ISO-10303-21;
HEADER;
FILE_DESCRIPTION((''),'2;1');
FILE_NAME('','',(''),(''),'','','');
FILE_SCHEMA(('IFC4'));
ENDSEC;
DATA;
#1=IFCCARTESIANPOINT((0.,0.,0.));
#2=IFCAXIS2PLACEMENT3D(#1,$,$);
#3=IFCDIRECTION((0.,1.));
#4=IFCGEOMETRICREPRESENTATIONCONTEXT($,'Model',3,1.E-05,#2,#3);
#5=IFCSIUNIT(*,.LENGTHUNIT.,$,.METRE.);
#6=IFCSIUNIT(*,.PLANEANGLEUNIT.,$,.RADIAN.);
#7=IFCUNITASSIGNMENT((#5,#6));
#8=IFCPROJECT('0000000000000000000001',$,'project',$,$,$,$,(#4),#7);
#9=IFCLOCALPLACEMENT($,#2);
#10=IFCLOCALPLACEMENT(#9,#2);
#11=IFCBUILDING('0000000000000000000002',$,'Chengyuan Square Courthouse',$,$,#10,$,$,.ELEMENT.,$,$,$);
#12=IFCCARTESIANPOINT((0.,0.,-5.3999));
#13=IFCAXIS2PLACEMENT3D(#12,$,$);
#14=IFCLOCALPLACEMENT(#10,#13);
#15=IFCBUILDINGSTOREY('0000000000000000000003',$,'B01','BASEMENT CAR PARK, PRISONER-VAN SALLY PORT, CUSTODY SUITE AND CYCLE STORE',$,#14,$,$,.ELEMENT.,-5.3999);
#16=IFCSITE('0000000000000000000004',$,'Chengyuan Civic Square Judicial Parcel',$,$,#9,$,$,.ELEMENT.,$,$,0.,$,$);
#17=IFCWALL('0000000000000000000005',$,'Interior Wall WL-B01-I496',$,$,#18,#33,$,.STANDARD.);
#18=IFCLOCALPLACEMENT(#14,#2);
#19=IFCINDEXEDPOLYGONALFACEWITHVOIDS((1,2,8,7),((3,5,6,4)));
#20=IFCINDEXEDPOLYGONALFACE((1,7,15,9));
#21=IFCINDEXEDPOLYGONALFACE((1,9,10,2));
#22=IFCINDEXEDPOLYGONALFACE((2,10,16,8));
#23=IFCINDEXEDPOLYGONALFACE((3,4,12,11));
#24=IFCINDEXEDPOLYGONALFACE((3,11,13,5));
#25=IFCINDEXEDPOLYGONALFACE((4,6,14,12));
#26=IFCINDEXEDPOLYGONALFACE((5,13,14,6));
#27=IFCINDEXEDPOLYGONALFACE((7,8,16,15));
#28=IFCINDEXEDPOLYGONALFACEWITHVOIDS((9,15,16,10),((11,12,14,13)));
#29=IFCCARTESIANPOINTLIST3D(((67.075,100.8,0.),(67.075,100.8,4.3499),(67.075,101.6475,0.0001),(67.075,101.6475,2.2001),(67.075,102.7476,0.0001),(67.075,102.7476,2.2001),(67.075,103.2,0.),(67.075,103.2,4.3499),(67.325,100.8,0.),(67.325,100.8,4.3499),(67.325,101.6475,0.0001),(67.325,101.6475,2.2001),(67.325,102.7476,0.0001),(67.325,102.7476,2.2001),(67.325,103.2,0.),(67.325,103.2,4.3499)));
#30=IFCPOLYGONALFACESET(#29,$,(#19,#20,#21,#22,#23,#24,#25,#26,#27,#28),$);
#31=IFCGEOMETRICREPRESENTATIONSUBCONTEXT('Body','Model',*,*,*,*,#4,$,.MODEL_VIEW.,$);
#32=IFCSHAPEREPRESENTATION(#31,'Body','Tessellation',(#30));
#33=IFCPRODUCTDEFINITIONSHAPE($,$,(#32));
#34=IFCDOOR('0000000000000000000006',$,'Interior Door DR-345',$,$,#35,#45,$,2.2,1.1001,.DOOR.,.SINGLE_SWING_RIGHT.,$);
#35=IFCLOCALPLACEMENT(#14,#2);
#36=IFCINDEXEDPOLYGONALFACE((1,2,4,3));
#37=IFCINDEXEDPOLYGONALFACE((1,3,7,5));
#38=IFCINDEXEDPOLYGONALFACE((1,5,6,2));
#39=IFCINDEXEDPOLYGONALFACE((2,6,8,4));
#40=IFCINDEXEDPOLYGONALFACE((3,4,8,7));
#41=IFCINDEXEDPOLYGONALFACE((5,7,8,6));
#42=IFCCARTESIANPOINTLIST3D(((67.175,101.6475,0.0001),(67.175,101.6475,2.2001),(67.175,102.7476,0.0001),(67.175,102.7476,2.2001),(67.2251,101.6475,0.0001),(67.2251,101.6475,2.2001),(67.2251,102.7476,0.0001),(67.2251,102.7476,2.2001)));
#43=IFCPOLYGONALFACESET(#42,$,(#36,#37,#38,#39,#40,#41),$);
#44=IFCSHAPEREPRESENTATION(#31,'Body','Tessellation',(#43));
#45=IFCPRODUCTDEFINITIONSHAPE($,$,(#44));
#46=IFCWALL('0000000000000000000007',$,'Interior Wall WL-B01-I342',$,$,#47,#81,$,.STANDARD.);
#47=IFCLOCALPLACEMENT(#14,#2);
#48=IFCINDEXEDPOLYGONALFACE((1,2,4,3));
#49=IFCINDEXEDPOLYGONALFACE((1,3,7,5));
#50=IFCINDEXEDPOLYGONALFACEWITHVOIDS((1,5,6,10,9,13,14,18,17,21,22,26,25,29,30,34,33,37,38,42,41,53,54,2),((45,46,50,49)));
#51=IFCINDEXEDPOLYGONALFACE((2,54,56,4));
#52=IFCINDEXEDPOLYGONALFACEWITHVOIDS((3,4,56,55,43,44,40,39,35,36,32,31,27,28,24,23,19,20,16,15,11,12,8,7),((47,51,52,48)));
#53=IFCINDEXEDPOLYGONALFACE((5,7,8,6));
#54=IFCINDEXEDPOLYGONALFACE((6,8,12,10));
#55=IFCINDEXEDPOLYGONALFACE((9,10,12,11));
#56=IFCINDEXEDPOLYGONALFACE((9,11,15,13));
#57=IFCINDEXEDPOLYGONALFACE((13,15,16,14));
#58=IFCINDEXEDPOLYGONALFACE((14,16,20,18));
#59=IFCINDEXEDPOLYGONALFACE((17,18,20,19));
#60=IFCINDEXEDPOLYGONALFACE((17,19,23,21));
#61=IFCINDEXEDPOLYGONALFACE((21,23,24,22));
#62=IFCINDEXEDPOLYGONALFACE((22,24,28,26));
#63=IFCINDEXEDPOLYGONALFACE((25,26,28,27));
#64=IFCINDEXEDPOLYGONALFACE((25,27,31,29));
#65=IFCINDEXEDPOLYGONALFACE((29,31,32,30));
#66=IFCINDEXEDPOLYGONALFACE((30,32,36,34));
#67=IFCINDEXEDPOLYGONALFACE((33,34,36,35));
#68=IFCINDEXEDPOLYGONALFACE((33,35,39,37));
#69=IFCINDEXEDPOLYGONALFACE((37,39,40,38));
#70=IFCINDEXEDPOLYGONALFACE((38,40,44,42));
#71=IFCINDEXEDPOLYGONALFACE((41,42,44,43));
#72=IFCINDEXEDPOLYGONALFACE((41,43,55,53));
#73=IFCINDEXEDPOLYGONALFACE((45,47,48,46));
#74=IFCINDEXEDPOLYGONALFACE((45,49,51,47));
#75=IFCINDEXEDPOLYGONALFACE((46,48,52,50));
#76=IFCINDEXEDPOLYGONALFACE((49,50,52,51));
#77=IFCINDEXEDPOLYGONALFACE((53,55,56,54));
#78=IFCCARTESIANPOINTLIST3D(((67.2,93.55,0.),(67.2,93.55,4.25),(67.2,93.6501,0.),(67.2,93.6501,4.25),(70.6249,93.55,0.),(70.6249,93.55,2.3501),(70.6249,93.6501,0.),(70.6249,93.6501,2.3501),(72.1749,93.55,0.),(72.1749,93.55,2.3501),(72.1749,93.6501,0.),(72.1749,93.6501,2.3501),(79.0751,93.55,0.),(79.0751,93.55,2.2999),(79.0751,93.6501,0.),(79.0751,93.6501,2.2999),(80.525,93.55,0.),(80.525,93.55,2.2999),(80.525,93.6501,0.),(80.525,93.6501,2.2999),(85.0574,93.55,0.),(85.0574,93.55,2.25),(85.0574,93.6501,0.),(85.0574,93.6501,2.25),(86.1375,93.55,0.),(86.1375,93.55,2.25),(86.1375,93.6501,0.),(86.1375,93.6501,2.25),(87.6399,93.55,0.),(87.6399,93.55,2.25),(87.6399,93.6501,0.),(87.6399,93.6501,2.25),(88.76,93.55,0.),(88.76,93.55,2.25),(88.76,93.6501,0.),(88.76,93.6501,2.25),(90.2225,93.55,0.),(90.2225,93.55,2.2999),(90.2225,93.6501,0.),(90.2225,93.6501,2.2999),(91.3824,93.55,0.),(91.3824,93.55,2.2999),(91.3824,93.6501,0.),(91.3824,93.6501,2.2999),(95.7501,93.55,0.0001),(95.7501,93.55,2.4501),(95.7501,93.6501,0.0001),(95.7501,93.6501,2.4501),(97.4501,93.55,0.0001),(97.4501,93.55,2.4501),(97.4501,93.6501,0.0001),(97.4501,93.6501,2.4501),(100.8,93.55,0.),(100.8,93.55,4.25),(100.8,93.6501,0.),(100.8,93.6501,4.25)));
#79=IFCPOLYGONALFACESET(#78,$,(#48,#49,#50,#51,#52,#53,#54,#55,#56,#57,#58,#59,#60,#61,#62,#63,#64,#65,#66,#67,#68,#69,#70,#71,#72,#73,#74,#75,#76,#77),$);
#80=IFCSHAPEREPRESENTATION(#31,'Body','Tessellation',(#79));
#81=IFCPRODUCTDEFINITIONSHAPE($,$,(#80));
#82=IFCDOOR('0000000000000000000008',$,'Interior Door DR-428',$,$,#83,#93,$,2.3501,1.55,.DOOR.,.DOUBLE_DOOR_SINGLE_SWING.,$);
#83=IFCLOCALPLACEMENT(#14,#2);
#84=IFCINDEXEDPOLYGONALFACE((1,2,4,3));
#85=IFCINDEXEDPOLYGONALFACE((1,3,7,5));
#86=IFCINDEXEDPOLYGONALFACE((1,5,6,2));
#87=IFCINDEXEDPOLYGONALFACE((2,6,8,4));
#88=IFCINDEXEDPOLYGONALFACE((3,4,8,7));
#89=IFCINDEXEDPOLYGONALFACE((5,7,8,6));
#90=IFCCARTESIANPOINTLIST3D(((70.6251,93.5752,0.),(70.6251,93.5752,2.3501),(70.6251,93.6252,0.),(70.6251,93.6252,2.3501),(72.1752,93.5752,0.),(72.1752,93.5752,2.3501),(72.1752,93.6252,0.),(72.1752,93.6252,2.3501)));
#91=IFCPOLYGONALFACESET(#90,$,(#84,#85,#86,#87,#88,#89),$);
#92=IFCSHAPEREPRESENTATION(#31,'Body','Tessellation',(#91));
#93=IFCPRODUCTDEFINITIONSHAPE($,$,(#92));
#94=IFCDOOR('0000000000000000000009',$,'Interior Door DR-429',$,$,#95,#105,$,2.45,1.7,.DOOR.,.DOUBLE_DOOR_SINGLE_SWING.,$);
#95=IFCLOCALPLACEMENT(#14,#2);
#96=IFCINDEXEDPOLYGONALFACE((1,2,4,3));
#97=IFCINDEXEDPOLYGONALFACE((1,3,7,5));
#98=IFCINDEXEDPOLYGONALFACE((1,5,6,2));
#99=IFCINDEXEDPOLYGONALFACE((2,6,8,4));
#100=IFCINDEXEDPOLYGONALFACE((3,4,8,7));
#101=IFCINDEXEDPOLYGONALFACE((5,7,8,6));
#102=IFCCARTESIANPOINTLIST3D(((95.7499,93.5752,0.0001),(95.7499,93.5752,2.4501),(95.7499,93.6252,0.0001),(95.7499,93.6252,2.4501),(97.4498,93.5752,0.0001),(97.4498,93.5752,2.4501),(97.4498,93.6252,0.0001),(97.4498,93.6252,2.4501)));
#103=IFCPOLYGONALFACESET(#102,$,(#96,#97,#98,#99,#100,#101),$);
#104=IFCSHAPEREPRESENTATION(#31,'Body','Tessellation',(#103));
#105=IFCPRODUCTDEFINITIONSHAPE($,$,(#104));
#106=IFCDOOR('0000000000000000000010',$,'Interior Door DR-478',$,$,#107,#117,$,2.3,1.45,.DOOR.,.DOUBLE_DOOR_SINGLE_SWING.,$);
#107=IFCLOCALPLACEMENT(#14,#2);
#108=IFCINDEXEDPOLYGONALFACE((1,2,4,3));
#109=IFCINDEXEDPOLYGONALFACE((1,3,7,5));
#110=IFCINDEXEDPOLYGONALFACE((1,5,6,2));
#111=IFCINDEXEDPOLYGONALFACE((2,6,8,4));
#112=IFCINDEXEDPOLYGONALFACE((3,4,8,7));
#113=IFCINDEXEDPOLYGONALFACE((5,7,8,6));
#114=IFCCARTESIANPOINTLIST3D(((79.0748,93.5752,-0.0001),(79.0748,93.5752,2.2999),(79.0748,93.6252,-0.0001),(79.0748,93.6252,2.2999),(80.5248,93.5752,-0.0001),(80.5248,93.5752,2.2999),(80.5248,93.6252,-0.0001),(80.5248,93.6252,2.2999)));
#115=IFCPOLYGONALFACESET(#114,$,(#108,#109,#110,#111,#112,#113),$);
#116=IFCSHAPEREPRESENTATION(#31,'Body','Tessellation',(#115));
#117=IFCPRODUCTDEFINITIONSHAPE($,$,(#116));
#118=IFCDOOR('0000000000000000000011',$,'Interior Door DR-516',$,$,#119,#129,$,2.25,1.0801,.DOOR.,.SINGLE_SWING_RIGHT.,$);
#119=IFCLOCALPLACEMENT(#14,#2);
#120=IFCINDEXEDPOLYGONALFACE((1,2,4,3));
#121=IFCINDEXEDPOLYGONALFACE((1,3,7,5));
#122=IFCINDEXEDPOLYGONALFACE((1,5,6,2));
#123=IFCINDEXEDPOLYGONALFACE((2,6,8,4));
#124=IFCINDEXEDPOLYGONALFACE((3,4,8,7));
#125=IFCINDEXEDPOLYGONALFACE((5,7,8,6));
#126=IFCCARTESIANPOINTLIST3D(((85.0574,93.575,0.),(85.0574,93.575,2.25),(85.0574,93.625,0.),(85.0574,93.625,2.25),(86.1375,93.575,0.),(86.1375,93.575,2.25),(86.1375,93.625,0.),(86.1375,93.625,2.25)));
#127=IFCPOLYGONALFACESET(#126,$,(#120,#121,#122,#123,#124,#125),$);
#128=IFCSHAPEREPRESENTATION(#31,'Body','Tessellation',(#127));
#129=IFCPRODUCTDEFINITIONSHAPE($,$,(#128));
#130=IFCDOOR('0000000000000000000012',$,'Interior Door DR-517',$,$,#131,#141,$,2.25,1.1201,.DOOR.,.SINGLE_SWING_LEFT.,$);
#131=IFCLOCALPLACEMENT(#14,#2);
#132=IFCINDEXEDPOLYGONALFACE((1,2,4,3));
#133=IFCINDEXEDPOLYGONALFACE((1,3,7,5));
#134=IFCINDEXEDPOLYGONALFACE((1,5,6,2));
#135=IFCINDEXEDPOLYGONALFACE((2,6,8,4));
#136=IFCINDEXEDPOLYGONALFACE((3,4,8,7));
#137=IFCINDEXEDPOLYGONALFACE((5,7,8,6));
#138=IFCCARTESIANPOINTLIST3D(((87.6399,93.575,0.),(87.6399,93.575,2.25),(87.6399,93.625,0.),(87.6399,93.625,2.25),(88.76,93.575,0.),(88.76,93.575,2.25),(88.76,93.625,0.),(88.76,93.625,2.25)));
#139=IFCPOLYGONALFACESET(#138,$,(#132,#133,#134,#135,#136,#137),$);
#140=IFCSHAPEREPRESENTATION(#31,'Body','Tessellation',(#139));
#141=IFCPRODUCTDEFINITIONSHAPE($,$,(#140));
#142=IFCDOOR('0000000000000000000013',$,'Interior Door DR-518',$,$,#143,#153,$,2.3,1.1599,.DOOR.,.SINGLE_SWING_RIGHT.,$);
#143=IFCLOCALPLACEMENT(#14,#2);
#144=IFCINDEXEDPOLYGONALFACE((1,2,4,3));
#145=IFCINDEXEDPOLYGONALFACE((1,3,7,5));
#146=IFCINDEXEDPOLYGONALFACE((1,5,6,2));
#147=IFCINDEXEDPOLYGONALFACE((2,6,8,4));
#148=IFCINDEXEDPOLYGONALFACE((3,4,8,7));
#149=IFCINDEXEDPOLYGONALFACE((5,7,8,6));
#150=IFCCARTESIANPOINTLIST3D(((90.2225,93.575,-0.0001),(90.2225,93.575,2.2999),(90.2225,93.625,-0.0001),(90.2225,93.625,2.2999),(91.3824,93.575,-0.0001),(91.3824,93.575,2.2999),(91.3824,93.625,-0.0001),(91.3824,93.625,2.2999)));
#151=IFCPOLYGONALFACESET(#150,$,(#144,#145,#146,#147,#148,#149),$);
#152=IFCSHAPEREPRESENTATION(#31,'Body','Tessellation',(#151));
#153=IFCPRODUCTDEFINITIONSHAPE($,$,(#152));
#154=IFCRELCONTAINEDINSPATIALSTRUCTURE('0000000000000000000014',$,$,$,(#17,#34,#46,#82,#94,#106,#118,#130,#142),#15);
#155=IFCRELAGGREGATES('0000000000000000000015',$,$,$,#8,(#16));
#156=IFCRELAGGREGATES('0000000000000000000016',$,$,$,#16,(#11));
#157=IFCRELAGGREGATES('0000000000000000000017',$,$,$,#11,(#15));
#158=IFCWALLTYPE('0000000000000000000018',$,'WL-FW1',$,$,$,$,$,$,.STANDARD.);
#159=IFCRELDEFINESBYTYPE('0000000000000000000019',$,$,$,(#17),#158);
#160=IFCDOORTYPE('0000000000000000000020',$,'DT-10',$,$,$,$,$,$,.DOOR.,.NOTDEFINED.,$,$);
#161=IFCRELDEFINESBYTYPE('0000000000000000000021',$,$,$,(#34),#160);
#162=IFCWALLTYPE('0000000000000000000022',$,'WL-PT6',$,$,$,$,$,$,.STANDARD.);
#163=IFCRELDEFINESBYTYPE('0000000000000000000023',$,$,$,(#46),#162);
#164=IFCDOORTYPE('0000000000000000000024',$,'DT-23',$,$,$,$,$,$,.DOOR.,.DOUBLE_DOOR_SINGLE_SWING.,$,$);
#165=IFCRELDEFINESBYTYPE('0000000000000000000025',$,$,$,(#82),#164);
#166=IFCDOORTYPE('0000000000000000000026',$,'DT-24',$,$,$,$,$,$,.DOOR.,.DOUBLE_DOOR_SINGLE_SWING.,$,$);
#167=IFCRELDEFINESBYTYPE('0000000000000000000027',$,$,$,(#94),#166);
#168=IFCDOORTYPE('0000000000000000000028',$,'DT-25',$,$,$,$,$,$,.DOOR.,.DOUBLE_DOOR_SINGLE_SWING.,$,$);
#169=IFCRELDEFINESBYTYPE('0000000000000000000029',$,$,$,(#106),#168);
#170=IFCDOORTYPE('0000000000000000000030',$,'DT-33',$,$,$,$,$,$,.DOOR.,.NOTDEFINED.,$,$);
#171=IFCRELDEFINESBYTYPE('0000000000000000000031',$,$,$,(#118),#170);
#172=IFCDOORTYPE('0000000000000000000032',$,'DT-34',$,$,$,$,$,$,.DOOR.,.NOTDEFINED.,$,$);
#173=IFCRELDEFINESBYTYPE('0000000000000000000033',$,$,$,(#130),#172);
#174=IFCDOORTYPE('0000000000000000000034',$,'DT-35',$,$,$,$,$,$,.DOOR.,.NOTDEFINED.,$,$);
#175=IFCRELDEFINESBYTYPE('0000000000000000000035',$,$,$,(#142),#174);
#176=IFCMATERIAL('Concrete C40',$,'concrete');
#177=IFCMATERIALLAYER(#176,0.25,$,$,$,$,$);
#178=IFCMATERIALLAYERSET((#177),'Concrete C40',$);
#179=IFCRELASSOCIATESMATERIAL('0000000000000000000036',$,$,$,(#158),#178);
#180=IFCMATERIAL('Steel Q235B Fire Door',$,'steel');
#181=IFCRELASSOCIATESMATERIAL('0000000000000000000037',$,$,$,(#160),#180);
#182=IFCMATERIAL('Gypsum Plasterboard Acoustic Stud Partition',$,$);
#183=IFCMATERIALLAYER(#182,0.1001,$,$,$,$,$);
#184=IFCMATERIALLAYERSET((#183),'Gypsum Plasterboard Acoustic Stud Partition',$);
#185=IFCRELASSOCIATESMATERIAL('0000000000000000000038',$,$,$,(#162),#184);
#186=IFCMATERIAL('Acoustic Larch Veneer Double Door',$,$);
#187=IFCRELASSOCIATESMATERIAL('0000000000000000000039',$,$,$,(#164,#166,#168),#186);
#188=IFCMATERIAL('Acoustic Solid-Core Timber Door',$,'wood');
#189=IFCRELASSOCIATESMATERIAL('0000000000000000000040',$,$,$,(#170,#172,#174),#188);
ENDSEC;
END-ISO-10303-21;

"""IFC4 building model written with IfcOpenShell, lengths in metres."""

from ifc_helpers import new_model, si_unit, direction, frame, frame_2d, origin, place, context, subcontext, project, spatial, rectangle, extrude, material, layer, layer_set, type_object, element, fill, save


model = new_model("IFC4")

# Units and contexts
model_context = context("Model", 3, precision=1e-05, world=origin(), true_north=direction((0.0, 1.0)))
body_context = subcontext(model_context, "Body", "Model", "MODEL_VIEW")
ifc_project = project(units=[si_unit("LENGTHUNIT", "METRE"), si_unit("PLANEANGLEUNIT", "RADIAN")], contexts=[model_context])

# Site, building, storey
site_placement = place(None, origin())
site = spatial("IfcSite", under=ifc_project, at=site_placement, Name="Chengyuan Civic Square Judicial Parcel", CompositionType="ELEMENT", RefElevation=0.0)
building_placement = place(site_placement, origin())
building = spatial("IfcBuilding", under=site, at=building_placement, Name="Chengyuan Square Courthouse", CompositionType="ELEMENT")
storey_placement = place(building_placement, frame((0.0, 0.0, -5.3999)))
storey = spatial("IfcBuildingStorey", under=building, at=storey_placement, Name="B01", Description="BASEMENT CAR PARK, PRISONER-VAN SALLY PORT, CUSTODY SUITE AND CYCLE STORE", CompositionType="ELEMENT", Elevation=-5.3999)

# Shared definitions
ifc_material_1 = material(Name="Concrete C40", Category="concrete")

# Wall, opening, door
ifc_layer_1 = layer(ifc_material_1, 0.25)
ifc_layer_set_1 = layer_set([ifc_layer_1], Name="Concrete C40")
wall_type_1 = type_object("IfcWallType", Name="WL-FW1", PredefinedType="STANDARD", material=ifc_layer_set_1)
ifc_material_2 = material(Name="Steel Q235B Fire Door", Category="steel")
door_type_1 = type_object("IfcDoorType", Name="DT-10", OperationType="NOTDEFINED", PredefinedType="DOOR", material=ifc_material_2)
wall_1_placement = place(storey_placement, frame((67.2, 100.8, 0.0), z_axis=(0.0, 0.0, 1.0), x_axis=(0.0, 1.0, 0.0)))
wall_1 = element("IfcWall", 1, at=wall_1_placement, inside=storey, type_object=wall_type_1, Name="Interior Wall WL-B01-I496", PredefinedType="STANDARD", context=body_context, shape_type="SweptSolid", body=[
    extrude(rectangle(XDim=2.3999, YDim=0.25, at=frame_2d((1.2, 0.0))), origin(), (0.0, 0.0, 1.0), 4.3499),
])
opening_1_placement = place(wall_1_placement, frame((0.8474, 0.0, 0.0)))
opening_1 = element("IfcOpeningElement", 2, at=opening_1_placement, cuts=wall_1, PredefinedType="OPENING", context=body_context, shape_type="SweptSolid", body=[
    extrude(rectangle(XDim=1.1001, YDim=2.2, at=frame_2d((0.55, 1.1001))), frame((0.0, 0.137, 0.0), z_axis=(0.0, -1.0, 0.0), x_axis=(1.0, 0.0, 0.0)), (0.0, 0.0, 1.0), 0.2739),
])
door_1_placement = place(opening_1_placement, origin())
door_1 = element("IfcDoor", 3, at=door_1_placement, inside=storey, type_object=door_type_1, Name="Interior Door DR-345", OperationType="SINGLE_SWING_RIGHT", OverallHeight=2.2, OverallWidth=1.1001, PredefinedType="DOOR", context=body_context, shape_type="SweptSolid", body=[
    extrude(rectangle(XDim=1.1001, YDim=2.2, at=frame_2d((0.55, 1.1001))), frame((0.0, 0.0249, 0.0), z_axis=(0.0, -1.0, 0.0), x_axis=(1.0, 0.0, 0.0)), (0.0, 0.0, 1.0), 0.05),
])
fill(opening_1, door_1)

# Wall, openings, doors
ifc_material_3 = material(Name="Gypsum Plasterboard Acoustic Stud Partition")
ifc_layer_2 = layer(ifc_material_3, 0.1001)
ifc_layer_set_2 = layer_set([ifc_layer_2], Name="Gypsum Plasterboard Acoustic Stud Partition")
wall_type_2 = type_object("IfcWallType", Name="WL-PT6", PredefinedType="STANDARD", material=ifc_layer_set_2)
wall_2_placement = place(storey_placement, frame((67.2, 93.6001, 0.0), z_axis=(0.0, 0.0, 1.0), x_axis=(1.0, 0.0, 0.0)))
wall_2 = element("IfcWall", 4, at=wall_2_placement, inside=storey, type_object=wall_type_2, Name="Interior Wall WL-B01-I342", PredefinedType="STANDARD", context=body_context, shape_type="SweptSolid", body=[
    extrude(rectangle(XDim=33.6001, YDim=0.1001, at=frame_2d((16.8, 0.0))), origin(), (0.0, 0.0, 1.0), 4.25),
])
opening_2_placement = place(wall_2_placement, frame((3.425, 0.0, 0.0)))
opening_2 = element("IfcOpeningElement", 5, at=opening_2_placement, cuts=wall_2, PredefinedType="OPENING", context=body_context, shape_type="SweptSolid", body=[
    extrude(rectangle(XDim=1.55, YDim=2.3501, at=frame_2d((0.7749, 1.175))), frame((0.0, 0.062, 0.0), z_axis=(0.0, -1.0, 0.0), x_axis=(1.0, 0.0, 0.0)), (0.0, 0.0, 1.0), 0.124),
])
opening_3_placement = place(wall_2_placement, frame((28.55, 0.0, 0.0)))
opening_3 = element("IfcOpeningElement", 6, at=opening_3_placement, cuts=wall_2, PredefinedType="OPENING", context=body_context, shape_type="SweptSolid", body=[
    extrude(rectangle(XDim=1.7, YDim=2.45, at=frame_2d((0.8501, 1.2251))), frame((0.0, 0.062, 0.0), z_axis=(0.0, -1.0, 0.0), x_axis=(1.0, 0.0, 0.0)), (0.0, 0.0, 1.0), 0.124),
])
opening_4_placement = place(wall_2_placement, frame((11.875, 0.0, 0.0)))
opening_4 = element("IfcOpeningElement", 7, at=opening_4_placement, cuts=wall_2, PredefinedType="OPENING", context=body_context, shape_type="SweptSolid", body=[
    extrude(rectangle(XDim=1.45, YDim=2.3, at=frame_2d((0.7251, 1.1499))), frame((0.0, 0.062, 0.0), z_axis=(0.0, -1.0, 0.0), x_axis=(1.0, 0.0, 0.0)), (0.0, 0.0, 1.0), 0.124),
])
opening_5_placement = place(wall_2_placement, frame((17.8574, 0.0, 0.0)))
opening_5 = element("IfcOpeningElement", 8, at=opening_5_placement, cuts=wall_2, PredefinedType="OPENING", context=body_context, shape_type="SweptSolid", body=[
    extrude(rectangle(XDim=1.0801, YDim=2.25, at=frame_2d((0.54, 1.125))), frame((0.0, 0.062, 0.0), z_axis=(0.0, -1.0, 0.0), x_axis=(1.0, 0.0, 0.0)), (0.0, 0.0, 1.0), 0.124),
])
opening_6_placement = place(wall_2_placement, frame((20.4399, 0.0, 0.0)))
opening_6 = element("IfcOpeningElement", 9, at=opening_6_placement, cuts=wall_2, PredefinedType="OPENING", context=body_context, shape_type="SweptSolid", body=[
    extrude(rectangle(XDim=1.1201, YDim=2.25, at=frame_2d((0.5601, 1.125))), frame((0.0, 0.062, 0.0), z_axis=(0.0, -1.0, 0.0), x_axis=(1.0, 0.0, 0.0)), (0.0, 0.0, 1.0), 0.124),
])
opening_7_placement = place(wall_2_placement, frame((23.0225, 0.0, 0.0)))
opening_7 = element("IfcOpeningElement", 10, at=opening_7_placement, cuts=wall_2, PredefinedType="OPENING", context=body_context, shape_type="SweptSolid", body=[
    extrude(rectangle(XDim=1.1599, YDim=2.3, at=frame_2d((0.5801, 1.1499))), frame((0.0, 0.062, 0.0), z_axis=(0.0, -1.0, 0.0), x_axis=(1.0, 0.0, 0.0)), (0.0, 0.0, 1.0), 0.124),
])
ifc_material_4 = material(Name="Acoustic Larch Veneer Double Door")
door_type_2 = type_object("IfcDoorType", Name="DT-23", OperationType="DOUBLE_DOOR_SINGLE_SWING", PredefinedType="DOOR", material=ifc_material_4)
door_2_placement = place(opening_2_placement, frame((1.55, 0.0, 0.0), z_axis=(0.0, 0.0, 1.0), x_axis=(-1.0, 0.0, 0.0)))
door_2 = element("IfcDoor", 11, at=door_2_placement, inside=storey, type_object=door_type_2, Name="Interior Door DR-428", OperationType="DOUBLE_DOOR_SINGLE_SWING", OverallHeight=2.3501, OverallWidth=1.55, PredefinedType="DOOR", context=body_context, shape_type="SweptSolid", body=[
    extrude(rectangle(XDim=1.55, YDim=2.3501, at=frame_2d((0.7749, 1.175))), frame((0.0, 0.0249, 0.0), z_axis=(0.0, -1.0, 0.0), x_axis=(1.0, 0.0, 0.0)), (0.0, 0.0, 1.0), 0.05),
])
fill(opening_2, door_2)
door_type_3 = type_object("IfcDoorType", Name="DT-24", OperationType="DOUBLE_DOOR_SINGLE_SWING", PredefinedType="DOOR", material=ifc_material_4)
door_3_placement = place(opening_3_placement, frame((1.7, 0.0, 0.0), z_axis=(0.0, 0.0, 1.0), x_axis=(-1.0, 0.0, 0.0)))
door_3 = element("IfcDoor", 12, at=door_3_placement, inside=storey, type_object=door_type_3, Name="Interior Door DR-429", OperationType="DOUBLE_DOOR_SINGLE_SWING", OverallHeight=2.45, OverallWidth=1.7, PredefinedType="DOOR", context=body_context, shape_type="SweptSolid", body=[
    extrude(rectangle(XDim=1.7, YDim=2.45, at=frame_2d((0.8501, 1.2251))), frame((0.0, 0.0249, 0.0), z_axis=(0.0, -1.0, 0.0), x_axis=(1.0, 0.0, 0.0)), (0.0, 0.0, 1.0), 0.05),
])
fill(opening_3, door_3)
door_type_4 = type_object("IfcDoorType", Name="DT-25", OperationType="DOUBLE_DOOR_SINGLE_SWING", PredefinedType="DOOR", material=ifc_material_4)
door_4_placement = place(opening_4_placement, frame((1.45, 0.0, 0.0), z_axis=(0.0, 0.0, 1.0), x_axis=(-1.0, 0.0, 0.0)))
door_4 = element("IfcDoor", 13, at=door_4_placement, inside=storey, type_object=door_type_4, Name="Interior Door DR-478", OperationType="DOUBLE_DOOR_SINGLE_SWING", OverallHeight=2.3, OverallWidth=1.45, PredefinedType="DOOR", context=body_context, shape_type="SweptSolid", body=[
    extrude(rectangle(XDim=1.45, YDim=2.3, at=frame_2d((0.7251, 1.1499))), frame((0.0, 0.0249, 0.0), z_axis=(0.0, -1.0, 0.0), x_axis=(1.0, 0.0, 0.0)), (0.0, 0.0, 1.0), 0.05),
])
fill(opening_4, door_4)
ifc_material_5 = material(Name="Acoustic Solid-Core Timber Door", Category="wood")
door_type_5 = type_object("IfcDoorType", Name="DT-33", OperationType="NOTDEFINED", PredefinedType="DOOR", material=ifc_material_5)
door_5_placement = place(opening_5_placement, origin())
door_5 = element("IfcDoor", 14, at=door_5_placement, inside=storey, type_object=door_type_5, Name="Interior Door DR-516", OperationType="SINGLE_SWING_RIGHT", OverallHeight=2.25, OverallWidth=1.0801, PredefinedType="DOOR", context=body_context, shape_type="SweptSolid", body=[
    extrude(rectangle(XDim=1.0801, YDim=2.25, at=frame_2d((0.54, 1.125))), frame((0.0, 0.0249, 0.0), z_axis=(0.0, -1.0, 0.0), x_axis=(1.0, 0.0, 0.0)), (0.0, 0.0, 1.0), 0.05),
])
fill(opening_5, door_5)
door_type_6 = type_object("IfcDoorType", Name="DT-34", OperationType="NOTDEFINED", PredefinedType="DOOR", material=ifc_material_5)
door_6_placement = place(opening_6_placement, origin())
door_6 = element("IfcDoor", 15, at=door_6_placement, inside=storey, type_object=door_type_6, Name="Interior Door DR-517", OperationType="SINGLE_SWING_LEFT", OverallHeight=2.25, OverallWidth=1.1201, PredefinedType="DOOR", context=body_context, shape_type="SweptSolid", body=[
    extrude(rectangle(XDim=1.1201, YDim=2.25, at=frame_2d((0.5601, 1.125))), frame((0.0, 0.0249, 0.0), z_axis=(0.0, -1.0, 0.0), x_axis=(1.0, 0.0, 0.0)), (0.0, 0.0, 1.0), 0.05),
])
fill(opening_6, door_6)
door_type_7 = type_object("IfcDoorType", Name="DT-35", OperationType="NOTDEFINED", PredefinedType="DOOR", material=ifc_material_5)
door_7_placement = place(opening_7_placement, origin())
door_7 = element("IfcDoor", 16, at=door_7_placement, inside=storey, type_object=door_type_7, Name="Interior Door DR-518", OperationType="SINGLE_SWING_RIGHT", OverallHeight=2.3, OverallWidth=1.1599, PredefinedType="DOOR", context=body_context, shape_type="SweptSolid", body=[
    extrude(rectangle(XDim=1.1599, YDim=2.3, at=frame_2d((0.5801, 1.1499))), frame((0.0, 0.0249, 0.0), z_axis=(0.0, -1.0, 0.0), x_axis=(1.0, 0.0, 0.0)), (0.0, 0.0, 1.0), 0.05),
])
fill(opening_7, door_7)

save(model, "model.ifc")
